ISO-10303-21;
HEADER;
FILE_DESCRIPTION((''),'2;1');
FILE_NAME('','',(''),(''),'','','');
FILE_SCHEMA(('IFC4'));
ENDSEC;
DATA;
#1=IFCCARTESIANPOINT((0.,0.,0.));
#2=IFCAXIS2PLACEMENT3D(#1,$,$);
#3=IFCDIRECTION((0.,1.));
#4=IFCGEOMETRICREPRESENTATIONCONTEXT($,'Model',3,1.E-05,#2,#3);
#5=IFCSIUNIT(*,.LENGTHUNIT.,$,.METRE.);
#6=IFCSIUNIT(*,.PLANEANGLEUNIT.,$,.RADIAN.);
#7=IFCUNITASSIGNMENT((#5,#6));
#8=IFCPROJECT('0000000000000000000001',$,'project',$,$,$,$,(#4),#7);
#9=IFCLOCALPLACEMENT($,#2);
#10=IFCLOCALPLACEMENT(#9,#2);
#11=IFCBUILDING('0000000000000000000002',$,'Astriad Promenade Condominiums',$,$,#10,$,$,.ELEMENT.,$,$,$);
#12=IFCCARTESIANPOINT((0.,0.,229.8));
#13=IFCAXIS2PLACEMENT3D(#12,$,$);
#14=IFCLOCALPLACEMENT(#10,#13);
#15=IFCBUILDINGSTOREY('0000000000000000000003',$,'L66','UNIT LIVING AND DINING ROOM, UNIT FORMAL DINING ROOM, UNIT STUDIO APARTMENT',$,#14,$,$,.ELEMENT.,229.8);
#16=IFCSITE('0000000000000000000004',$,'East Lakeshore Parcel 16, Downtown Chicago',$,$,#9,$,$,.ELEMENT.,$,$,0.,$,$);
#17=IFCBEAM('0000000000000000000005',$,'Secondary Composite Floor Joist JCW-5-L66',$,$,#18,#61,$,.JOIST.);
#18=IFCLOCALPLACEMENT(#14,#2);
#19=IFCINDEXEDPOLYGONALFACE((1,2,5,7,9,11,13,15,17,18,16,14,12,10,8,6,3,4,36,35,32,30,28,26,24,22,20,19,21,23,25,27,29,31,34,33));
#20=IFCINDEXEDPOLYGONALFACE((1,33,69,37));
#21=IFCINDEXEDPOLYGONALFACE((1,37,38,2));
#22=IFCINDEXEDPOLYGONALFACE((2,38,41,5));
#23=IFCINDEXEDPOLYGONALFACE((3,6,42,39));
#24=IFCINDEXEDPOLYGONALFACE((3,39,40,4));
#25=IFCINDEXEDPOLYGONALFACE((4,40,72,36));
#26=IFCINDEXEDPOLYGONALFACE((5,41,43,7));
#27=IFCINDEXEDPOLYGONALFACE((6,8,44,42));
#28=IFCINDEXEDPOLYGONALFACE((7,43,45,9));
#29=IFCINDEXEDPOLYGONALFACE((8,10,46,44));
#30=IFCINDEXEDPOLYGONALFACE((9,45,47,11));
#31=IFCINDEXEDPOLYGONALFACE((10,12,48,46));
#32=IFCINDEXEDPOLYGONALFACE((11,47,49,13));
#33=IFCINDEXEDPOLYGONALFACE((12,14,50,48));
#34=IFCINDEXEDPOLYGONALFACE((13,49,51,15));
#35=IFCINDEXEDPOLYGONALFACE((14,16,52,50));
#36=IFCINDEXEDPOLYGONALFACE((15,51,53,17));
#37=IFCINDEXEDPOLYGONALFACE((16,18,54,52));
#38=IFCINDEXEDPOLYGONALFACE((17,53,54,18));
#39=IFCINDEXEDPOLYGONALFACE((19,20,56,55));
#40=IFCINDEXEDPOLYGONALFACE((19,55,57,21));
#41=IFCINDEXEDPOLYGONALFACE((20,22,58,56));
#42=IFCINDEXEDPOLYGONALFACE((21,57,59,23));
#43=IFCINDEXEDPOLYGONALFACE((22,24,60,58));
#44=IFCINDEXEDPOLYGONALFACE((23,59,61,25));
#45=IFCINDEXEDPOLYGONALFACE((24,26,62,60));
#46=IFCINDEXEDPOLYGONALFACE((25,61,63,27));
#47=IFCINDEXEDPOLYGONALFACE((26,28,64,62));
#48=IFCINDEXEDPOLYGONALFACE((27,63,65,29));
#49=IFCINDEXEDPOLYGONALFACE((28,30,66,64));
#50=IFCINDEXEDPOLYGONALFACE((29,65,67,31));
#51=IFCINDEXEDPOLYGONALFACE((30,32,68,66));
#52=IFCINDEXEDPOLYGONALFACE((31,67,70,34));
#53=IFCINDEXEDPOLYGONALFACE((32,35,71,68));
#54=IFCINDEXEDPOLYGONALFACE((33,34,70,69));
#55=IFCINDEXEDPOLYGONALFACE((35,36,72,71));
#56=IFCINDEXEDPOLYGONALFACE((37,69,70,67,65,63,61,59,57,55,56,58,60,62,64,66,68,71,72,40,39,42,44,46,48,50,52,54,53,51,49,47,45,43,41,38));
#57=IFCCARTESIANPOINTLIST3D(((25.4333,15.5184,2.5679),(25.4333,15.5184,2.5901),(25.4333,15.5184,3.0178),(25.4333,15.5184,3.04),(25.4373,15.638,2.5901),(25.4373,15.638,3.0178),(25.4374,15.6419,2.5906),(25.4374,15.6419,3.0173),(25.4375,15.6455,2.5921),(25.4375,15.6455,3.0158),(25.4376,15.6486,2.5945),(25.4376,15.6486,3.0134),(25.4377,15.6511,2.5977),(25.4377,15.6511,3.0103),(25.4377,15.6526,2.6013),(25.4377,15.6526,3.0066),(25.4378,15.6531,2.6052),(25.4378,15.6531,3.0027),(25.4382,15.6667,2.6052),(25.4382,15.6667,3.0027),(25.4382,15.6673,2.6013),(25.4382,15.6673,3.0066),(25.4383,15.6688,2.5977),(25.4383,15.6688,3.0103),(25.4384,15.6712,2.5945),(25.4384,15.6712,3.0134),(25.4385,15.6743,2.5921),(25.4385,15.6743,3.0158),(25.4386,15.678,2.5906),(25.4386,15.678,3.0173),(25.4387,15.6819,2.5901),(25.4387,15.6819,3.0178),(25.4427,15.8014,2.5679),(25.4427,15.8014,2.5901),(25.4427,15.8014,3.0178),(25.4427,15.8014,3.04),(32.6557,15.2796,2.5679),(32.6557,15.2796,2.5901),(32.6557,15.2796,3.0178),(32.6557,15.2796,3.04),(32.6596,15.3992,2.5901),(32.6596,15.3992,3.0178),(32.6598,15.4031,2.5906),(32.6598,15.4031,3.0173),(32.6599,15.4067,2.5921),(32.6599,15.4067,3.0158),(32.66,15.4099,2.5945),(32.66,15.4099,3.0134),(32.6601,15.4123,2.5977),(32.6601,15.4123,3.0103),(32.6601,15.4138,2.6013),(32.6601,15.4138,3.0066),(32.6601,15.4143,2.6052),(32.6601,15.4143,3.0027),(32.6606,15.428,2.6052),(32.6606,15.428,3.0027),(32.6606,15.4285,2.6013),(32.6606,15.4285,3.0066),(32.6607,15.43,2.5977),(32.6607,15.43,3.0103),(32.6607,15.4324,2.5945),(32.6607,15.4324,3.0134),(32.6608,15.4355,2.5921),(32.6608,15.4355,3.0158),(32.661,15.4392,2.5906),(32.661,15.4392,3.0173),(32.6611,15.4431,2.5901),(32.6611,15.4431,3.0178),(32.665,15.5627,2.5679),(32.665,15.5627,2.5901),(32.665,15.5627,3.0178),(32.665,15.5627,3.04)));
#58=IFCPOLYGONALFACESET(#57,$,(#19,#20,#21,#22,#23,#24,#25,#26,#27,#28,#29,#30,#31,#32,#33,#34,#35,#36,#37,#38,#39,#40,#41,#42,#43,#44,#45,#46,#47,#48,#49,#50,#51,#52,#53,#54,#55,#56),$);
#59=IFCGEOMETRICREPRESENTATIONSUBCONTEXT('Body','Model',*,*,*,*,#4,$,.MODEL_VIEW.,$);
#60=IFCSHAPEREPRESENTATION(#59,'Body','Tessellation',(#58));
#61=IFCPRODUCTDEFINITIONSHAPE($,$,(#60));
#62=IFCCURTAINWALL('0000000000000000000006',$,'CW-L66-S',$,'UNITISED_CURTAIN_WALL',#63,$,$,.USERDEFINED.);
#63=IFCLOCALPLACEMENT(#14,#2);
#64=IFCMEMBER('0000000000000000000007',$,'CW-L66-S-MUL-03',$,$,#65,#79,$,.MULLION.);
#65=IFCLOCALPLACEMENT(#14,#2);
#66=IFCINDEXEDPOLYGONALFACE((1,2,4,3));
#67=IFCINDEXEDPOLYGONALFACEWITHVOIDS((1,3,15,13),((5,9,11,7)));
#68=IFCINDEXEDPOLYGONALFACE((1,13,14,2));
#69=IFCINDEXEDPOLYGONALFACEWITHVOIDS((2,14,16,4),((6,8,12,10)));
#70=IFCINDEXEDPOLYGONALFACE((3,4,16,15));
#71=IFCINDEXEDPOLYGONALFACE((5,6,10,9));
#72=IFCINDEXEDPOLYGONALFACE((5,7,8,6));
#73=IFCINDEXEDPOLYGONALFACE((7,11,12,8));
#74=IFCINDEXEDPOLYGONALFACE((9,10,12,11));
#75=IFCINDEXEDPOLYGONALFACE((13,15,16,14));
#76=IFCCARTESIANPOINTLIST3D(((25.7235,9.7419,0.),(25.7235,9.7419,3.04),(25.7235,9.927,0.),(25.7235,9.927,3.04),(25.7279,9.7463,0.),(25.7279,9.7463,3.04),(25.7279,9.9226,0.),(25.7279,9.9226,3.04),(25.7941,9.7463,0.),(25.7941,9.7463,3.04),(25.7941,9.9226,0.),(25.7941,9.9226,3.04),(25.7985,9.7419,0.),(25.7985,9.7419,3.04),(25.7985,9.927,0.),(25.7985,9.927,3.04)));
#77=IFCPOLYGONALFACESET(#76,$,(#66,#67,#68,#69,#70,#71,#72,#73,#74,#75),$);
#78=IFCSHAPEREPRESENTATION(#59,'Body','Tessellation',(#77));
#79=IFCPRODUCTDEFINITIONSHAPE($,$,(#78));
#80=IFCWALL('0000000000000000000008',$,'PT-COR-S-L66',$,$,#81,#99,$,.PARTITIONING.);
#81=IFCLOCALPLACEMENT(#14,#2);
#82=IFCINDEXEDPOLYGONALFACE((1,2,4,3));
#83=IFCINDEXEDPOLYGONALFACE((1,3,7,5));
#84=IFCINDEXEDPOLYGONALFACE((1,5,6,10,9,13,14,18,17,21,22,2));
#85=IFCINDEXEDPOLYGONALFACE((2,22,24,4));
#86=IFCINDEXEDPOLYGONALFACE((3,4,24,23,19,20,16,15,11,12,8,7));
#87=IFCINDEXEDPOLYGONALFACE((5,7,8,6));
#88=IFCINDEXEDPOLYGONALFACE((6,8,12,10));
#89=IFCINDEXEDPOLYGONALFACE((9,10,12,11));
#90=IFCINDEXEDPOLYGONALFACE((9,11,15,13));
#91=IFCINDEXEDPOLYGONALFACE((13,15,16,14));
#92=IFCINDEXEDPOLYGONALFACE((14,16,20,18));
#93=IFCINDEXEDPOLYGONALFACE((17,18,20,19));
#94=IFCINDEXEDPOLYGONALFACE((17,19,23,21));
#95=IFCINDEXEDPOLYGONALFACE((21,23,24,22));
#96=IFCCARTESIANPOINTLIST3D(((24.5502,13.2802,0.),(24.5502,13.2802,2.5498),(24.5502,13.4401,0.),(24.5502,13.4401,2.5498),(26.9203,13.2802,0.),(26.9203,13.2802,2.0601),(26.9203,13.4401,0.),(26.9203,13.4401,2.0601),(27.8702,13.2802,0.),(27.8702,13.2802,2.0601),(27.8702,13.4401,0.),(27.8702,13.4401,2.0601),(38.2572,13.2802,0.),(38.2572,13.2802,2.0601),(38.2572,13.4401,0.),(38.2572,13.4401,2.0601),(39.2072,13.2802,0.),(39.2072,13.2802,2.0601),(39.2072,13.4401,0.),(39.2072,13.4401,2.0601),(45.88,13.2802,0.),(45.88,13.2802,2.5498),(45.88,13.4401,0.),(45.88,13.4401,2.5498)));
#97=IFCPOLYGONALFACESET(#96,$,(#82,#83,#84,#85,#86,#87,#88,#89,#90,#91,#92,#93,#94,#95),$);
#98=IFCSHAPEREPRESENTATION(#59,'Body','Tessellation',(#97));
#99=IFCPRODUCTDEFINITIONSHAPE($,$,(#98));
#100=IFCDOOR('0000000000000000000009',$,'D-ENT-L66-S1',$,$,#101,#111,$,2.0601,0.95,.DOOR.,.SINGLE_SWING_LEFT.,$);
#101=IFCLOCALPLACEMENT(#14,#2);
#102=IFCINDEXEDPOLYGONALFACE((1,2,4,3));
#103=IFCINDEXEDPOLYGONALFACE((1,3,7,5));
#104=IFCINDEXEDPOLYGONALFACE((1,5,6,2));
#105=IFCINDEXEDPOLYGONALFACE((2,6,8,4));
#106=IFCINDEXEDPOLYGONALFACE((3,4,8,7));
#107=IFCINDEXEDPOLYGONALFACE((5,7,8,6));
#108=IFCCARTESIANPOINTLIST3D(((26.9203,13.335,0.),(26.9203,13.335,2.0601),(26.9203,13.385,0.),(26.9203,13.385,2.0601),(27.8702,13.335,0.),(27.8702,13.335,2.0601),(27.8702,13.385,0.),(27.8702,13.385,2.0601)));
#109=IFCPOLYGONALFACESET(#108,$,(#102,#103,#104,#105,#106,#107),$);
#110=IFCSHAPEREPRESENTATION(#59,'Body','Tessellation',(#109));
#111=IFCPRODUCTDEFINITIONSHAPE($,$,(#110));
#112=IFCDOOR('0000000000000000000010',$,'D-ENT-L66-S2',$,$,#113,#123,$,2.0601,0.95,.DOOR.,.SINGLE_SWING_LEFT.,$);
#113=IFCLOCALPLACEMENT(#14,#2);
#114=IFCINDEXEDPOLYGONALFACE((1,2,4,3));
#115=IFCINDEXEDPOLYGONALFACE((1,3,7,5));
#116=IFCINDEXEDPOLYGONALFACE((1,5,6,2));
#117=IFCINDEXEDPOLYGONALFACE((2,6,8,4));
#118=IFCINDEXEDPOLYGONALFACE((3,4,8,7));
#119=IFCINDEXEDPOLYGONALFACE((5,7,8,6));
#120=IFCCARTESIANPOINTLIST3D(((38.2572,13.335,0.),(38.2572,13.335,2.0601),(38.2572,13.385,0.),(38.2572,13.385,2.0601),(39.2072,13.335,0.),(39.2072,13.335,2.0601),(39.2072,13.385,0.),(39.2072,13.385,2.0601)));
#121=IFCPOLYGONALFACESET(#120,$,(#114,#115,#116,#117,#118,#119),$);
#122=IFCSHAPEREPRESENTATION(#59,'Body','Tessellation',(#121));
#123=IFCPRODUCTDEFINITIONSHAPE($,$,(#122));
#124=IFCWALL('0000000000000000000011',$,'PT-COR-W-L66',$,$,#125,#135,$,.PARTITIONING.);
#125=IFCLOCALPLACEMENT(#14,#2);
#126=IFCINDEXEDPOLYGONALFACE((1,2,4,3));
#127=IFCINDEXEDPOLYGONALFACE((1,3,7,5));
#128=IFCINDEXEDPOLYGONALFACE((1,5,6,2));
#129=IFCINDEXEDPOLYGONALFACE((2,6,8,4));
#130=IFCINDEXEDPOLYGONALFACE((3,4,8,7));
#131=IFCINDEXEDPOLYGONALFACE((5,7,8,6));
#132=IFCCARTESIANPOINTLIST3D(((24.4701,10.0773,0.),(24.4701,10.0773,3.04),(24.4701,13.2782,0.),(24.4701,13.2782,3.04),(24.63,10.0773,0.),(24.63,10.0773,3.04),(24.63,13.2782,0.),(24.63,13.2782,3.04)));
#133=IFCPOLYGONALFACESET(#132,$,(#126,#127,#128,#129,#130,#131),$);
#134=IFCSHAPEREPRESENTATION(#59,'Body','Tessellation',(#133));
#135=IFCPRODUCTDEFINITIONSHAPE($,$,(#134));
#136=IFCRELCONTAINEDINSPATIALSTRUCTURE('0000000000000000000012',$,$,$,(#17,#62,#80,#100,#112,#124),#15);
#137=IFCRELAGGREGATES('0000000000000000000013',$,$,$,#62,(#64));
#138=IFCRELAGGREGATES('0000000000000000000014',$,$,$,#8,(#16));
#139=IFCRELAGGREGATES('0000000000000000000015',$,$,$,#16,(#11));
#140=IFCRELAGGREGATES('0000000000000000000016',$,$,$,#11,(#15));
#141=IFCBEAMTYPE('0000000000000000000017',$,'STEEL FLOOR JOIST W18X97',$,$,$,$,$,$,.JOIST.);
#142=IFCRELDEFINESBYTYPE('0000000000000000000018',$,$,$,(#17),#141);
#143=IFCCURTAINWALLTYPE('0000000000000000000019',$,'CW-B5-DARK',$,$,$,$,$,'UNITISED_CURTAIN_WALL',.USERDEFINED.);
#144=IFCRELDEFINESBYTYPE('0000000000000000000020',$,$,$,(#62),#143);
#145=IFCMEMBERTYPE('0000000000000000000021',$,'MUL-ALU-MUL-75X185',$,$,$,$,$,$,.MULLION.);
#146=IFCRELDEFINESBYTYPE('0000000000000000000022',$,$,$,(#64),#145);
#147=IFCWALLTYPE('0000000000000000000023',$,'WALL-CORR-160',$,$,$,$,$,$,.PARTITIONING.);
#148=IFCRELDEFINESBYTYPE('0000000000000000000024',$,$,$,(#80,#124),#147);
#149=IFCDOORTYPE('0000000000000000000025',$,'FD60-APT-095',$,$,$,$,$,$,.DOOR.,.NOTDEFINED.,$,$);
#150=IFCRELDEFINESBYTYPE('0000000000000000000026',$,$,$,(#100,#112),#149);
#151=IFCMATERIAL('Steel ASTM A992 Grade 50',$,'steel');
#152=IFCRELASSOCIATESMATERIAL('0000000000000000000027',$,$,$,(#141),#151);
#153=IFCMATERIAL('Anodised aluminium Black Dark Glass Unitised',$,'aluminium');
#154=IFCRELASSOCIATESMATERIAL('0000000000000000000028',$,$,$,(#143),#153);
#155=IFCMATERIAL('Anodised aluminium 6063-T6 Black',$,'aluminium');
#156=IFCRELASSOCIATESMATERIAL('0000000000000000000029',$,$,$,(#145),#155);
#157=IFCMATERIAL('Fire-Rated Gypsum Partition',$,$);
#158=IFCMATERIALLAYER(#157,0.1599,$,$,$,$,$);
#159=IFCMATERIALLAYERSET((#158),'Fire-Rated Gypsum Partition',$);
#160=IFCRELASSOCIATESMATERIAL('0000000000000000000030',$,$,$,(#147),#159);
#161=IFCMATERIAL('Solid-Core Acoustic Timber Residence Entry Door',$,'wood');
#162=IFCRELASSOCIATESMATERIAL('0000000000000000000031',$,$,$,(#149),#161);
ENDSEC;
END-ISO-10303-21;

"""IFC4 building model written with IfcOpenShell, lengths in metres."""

from ifc_helpers import new_model, si_unit, direction, frame, frame_2d, origin, origin_2d, place, context, subcontext, project, spatial, rectangle, hollow_rectangle, i_section, extrude, source, transform, mapped, material, layer, layer_set, material_profile, profile_set, type_object, type_shapes, element, fill, aggregate, save


model = new_model("IFC4")

# Units and contexts
model_context = context("Model", 3, precision=1e-05, world=origin(), true_north=direction((0.0, 1.0)))
body_context = subcontext(model_context, "Body", "Model", "MODEL_VIEW")
ifc_project = project(units=[si_unit("LENGTHUNIT", "METRE"), si_unit("PLANEANGLEUNIT", "RADIAN")], contexts=[model_context])

# Site, building, storey
site_placement = place(None, origin())
site = spatial("IfcSite", under=ifc_project, at=site_placement, Name="East Lakeshore Parcel 16, Downtown Chicago", CompositionType="ELEMENT", RefElevation=0.0)
building_placement = place(site_placement, origin())
building = spatial("IfcBuilding", under=site, at=building_placement, Name="Astriad Promenade Condominiums", CompositionType="ELEMENT")
storey_placement = place(building_placement, frame((0.0, 0.0, 229.8)))
storey = spatial("IfcBuildingStorey", under=building, at=storey_placement, Name="L66", Description="UNIT LIVING AND DINING ROOM, UNIT FORMAL DINING ROOM, UNIT STUDIO APARTMENT", CompositionType="ELEMENT", Elevation=229.8)

# Beam
ifc_material_1 = material(Name="Steel ASTM A992 Grade 50", Category="steel")
ifc_material_profile_1 = material_profile(ifc_material_1, i_section(OverallWidth=0.2832, OverallDepth=0.4722, WebThickness=0.0137, FlangeThickness=0.0222, FilletRadius=0.0151, at=origin_2d()), Name="W18X97")
ifc_profile_set_1 = profile_set([ifc_material_profile_1], Name="Steel ASTM A992 Grade 50")
beam_type_1 = type_object("IfcBeamType", Name="STEEL FLOOR JOIST W18X97", PredefinedType="JOIST", material=ifc_profile_set_1)
shared_shape_1 = source(origin(), body_context, "Body", "SweptSolid", [
    extrude(i_section(OverallWidth=0.2832, OverallDepth=0.4722, WebThickness=0.0137, FlangeThickness=0.0222, FilletRadius=0.0151, at=origin_2d()), origin(), (0.0, 0.0, 1.0), 7.2263),
])
beam_1_placement = place(storey_placement, frame((25.438, 15.6599, 2.804), z_axis=(0.999454, -0.033041, 0.0), x_axis=(0.033041, 0.999454, 0.0)))
element("IfcBeam", 1, at=beam_1_placement, inside=storey, type_object=beam_type_1, Name="Secondary Composite Floor Joist JCW-5-L66", PredefinedType="JOIST", context=body_context, shape_type="MappedRepresentation", body=[
    mapped(shared_shape_1, transform((0.0, 0.0, 0.0), scale=1.0)),
])

# Curtain wall, member
ifc_material_2 = material(Name="Anodised aluminium Black Dark Glass Unitised", Category="aluminium")
curtain_wall_type = type_object("IfcCurtainWallType", Name="CW-B5-DARK", ElementType="UNITISED_CURTAIN_WALL", PredefinedType="USERDEFINED", material=ifc_material_2)
curtain_wall_placement = place(storey_placement, origin())
curtain_wall = element("IfcCurtainWall", 2, at=curtain_wall_placement, inside=storey, type_object=curtain_wall_type, Name="CW-L66-S", ObjectType="UNITISED_CURTAIN_WALL", PredefinedType="USERDEFINED")
ifc_material_3 = material(Name="Anodised aluminium 6063-T6 Black", Category="aluminium")
ifc_material_profile_2 = material_profile(ifc_material_3, hollow_rectangle(XDim=0.075, YDim=0.1851, WallThickness=0.0044, at=origin_2d()), Name="ALU-MUL-75X185")
ifc_profile_set_2 = profile_set([ifc_material_profile_2], Name="Anodised aluminium 6063-T6 Black")
member_type = type_object("IfcMemberType", Name="MUL-ALU-MUL-75X185", PredefinedType="MULLION", material=ifc_profile_set_2)
shared_shape_2 = source(origin(), body_context, "Body", "SweptSolid", [
    extrude(hollow_rectangle(XDim=0.075, YDim=0.1851, WallThickness=0.0044, at=origin_2d()), origin(), (0.0, 0.0, 1.0), 3.04),
])
type_shapes(member_type, [shared_shape_2])
member_placement = place(storey_placement, frame((25.761, 9.8345, 0.0), z_axis=(0.0, 0.0, 1.0), x_axis=(1.0, 0.0, 0.0)))
member = element("IfcMember", 3, at=member_placement, type_object=member_type, Name="CW-L66-S-MUL-03", PredefinedType="MULLION", context=body_context, shape_type="MappedRepresentation", body=[
    mapped(shared_shape_2, transform((0.0, 0.0, 0.0), scale=1.0)),
])
aggregate(curtain_wall, [member])

# Wall, openings, doors
ifc_material_4 = material(Name="Fire-Rated Gypsum Partition")
ifc_layer_1 = layer(ifc_material_4, 0.1599)
ifc_layer_set_1 = layer_set([ifc_layer_1], Name="Fire-Rated Gypsum Partition")
wall_type_1 = type_object("IfcWallType", Name="WALL-CORR-160", PredefinedType="PARTITIONING", material=ifc_layer_set_1)
wall_1_placement = place(storey_placement, frame((24.55, 13.3601, 0.0), z_axis=(0.0, 0.0, 1.0), x_axis=(1.0, 0.0, 0.0)))
wall_1 = element("IfcWall", 4, at=wall_1_placement, inside=storey, type_object=wall_type_1, Name="PT-COR-S-L66", PredefinedType="PARTITIONING", context=body_context, shape_type="SweptSolid", body=[
    extrude(rectangle(XDim=21.3298, YDim=0.1599, at=frame_2d((10.665, 0.0))), origin(), (0.0, 0.0, 1.0), 2.5498),
])
opening_1_placement = place(wall_1_placement, frame((2.3701, 0.0, 0.0)))
opening_1 = element("IfcOpeningElement", 5, at=opening_1_placement, cuts=wall_1, PredefinedType="OPENING", context=body_context, shape_type="SweptSolid", body=[
    extrude(rectangle(XDim=0.95, YDim=2.0601, at=frame_2d((0.4751, 1.03))), frame((0.0, 0.0898, 0.0), z_axis=(0.0, -1.0, 0.0), x_axis=(1.0, 0.0, 0.0)), (0.0, 0.0, 1.0), 0.1799),
])
opening_2_placement = place(wall_1_placement, frame((13.707, 0.0, 0.0)))
opening_2 = element("IfcOpeningElement", 6, at=opening_2_placement, cuts=wall_1, PredefinedType="OPENING", context=body_context, shape_type="SweptSolid", body=[
    extrude(rectangle(XDim=0.95, YDim=2.0601, at=frame_2d((0.4751, 1.03))), frame((0.0, 0.0898, 0.0), z_axis=(0.0, -1.0, 0.0), x_axis=(1.0, 0.0, 0.0)), (0.0, 0.0, 1.0), 0.1799),
])
ifc_material_5 = material(Name="Solid-Core Acoustic Timber Residence Entry Door", Category="wood")
door_type_1 = type_object("IfcDoorType", Name="FD60-APT-095", OperationType="NOTDEFINED", PredefinedType="DOOR", material=ifc_material_5)
shared_shape_3 = source(origin(), body_context, "Body", "SweptSolid", [
    extrude(rectangle(XDim=0.95, YDim=2.0601, at=frame_2d((0.4751, 1.03))), frame((0.0, 0.0249, 0.0), z_axis=(0.0, -1.0, 0.0), x_axis=(1.0, 0.0, 0.0)), (0.0, 0.0, 1.0), 0.05),
])
type_shapes(door_type_1, [shared_shape_3])
door_1_placement = place(opening_1_placement, origin())
door_1 = element("IfcDoor", 7, at=door_1_placement, inside=storey, type_object=door_type_1, Name="D-ENT-L66-S1", OperationType="SINGLE_SWING_LEFT", OverallHeight=2.0601, OverallWidth=0.95, PredefinedType="DOOR", context=body_context, shape_type="MappedRepresentation", body=[
    mapped(shared_shape_3, transform((0.0, 0.0, 0.0), scale=1.0)),
])
fill(opening_1, door_1)
door_2_placement = place(opening_2_placement, origin())
door_2 = element("IfcDoor", 8, at=door_2_placement, inside=storey, type_object=door_type_1, Name="D-ENT-L66-S2", OperationType="SINGLE_SWING_LEFT", OverallHeight=2.0601, OverallWidth=0.95, PredefinedType="DOOR", context=body_context, shape_type="MappedRepresentation", body=[
    mapped(shared_shape_3, transform((0.0, 0.0, 0.0), scale=1.0)),
])
fill(opening_2, door_2)

# Wall
wall_2_placement = place(storey_placement, frame((24.55, 10.0771, 0.0), z_axis=(0.0, 0.0, 1.0), x_axis=(0.0, 1.0, 0.0)))
element("IfcWall", 9, at=wall_2_placement, inside=storey, type_object=wall_type_1, Name="PT-COR-W-L66", PredefinedType="PARTITIONING", context=body_context, shape_type="SweptSolid", body=[
    extrude(rectangle(XDim=3.2009, YDim=0.1599, at=frame_2d((1.6006, 0.0))), origin(), (0.0, 0.0, 1.0), 3.04),
])

save(model, "model.ifc")
